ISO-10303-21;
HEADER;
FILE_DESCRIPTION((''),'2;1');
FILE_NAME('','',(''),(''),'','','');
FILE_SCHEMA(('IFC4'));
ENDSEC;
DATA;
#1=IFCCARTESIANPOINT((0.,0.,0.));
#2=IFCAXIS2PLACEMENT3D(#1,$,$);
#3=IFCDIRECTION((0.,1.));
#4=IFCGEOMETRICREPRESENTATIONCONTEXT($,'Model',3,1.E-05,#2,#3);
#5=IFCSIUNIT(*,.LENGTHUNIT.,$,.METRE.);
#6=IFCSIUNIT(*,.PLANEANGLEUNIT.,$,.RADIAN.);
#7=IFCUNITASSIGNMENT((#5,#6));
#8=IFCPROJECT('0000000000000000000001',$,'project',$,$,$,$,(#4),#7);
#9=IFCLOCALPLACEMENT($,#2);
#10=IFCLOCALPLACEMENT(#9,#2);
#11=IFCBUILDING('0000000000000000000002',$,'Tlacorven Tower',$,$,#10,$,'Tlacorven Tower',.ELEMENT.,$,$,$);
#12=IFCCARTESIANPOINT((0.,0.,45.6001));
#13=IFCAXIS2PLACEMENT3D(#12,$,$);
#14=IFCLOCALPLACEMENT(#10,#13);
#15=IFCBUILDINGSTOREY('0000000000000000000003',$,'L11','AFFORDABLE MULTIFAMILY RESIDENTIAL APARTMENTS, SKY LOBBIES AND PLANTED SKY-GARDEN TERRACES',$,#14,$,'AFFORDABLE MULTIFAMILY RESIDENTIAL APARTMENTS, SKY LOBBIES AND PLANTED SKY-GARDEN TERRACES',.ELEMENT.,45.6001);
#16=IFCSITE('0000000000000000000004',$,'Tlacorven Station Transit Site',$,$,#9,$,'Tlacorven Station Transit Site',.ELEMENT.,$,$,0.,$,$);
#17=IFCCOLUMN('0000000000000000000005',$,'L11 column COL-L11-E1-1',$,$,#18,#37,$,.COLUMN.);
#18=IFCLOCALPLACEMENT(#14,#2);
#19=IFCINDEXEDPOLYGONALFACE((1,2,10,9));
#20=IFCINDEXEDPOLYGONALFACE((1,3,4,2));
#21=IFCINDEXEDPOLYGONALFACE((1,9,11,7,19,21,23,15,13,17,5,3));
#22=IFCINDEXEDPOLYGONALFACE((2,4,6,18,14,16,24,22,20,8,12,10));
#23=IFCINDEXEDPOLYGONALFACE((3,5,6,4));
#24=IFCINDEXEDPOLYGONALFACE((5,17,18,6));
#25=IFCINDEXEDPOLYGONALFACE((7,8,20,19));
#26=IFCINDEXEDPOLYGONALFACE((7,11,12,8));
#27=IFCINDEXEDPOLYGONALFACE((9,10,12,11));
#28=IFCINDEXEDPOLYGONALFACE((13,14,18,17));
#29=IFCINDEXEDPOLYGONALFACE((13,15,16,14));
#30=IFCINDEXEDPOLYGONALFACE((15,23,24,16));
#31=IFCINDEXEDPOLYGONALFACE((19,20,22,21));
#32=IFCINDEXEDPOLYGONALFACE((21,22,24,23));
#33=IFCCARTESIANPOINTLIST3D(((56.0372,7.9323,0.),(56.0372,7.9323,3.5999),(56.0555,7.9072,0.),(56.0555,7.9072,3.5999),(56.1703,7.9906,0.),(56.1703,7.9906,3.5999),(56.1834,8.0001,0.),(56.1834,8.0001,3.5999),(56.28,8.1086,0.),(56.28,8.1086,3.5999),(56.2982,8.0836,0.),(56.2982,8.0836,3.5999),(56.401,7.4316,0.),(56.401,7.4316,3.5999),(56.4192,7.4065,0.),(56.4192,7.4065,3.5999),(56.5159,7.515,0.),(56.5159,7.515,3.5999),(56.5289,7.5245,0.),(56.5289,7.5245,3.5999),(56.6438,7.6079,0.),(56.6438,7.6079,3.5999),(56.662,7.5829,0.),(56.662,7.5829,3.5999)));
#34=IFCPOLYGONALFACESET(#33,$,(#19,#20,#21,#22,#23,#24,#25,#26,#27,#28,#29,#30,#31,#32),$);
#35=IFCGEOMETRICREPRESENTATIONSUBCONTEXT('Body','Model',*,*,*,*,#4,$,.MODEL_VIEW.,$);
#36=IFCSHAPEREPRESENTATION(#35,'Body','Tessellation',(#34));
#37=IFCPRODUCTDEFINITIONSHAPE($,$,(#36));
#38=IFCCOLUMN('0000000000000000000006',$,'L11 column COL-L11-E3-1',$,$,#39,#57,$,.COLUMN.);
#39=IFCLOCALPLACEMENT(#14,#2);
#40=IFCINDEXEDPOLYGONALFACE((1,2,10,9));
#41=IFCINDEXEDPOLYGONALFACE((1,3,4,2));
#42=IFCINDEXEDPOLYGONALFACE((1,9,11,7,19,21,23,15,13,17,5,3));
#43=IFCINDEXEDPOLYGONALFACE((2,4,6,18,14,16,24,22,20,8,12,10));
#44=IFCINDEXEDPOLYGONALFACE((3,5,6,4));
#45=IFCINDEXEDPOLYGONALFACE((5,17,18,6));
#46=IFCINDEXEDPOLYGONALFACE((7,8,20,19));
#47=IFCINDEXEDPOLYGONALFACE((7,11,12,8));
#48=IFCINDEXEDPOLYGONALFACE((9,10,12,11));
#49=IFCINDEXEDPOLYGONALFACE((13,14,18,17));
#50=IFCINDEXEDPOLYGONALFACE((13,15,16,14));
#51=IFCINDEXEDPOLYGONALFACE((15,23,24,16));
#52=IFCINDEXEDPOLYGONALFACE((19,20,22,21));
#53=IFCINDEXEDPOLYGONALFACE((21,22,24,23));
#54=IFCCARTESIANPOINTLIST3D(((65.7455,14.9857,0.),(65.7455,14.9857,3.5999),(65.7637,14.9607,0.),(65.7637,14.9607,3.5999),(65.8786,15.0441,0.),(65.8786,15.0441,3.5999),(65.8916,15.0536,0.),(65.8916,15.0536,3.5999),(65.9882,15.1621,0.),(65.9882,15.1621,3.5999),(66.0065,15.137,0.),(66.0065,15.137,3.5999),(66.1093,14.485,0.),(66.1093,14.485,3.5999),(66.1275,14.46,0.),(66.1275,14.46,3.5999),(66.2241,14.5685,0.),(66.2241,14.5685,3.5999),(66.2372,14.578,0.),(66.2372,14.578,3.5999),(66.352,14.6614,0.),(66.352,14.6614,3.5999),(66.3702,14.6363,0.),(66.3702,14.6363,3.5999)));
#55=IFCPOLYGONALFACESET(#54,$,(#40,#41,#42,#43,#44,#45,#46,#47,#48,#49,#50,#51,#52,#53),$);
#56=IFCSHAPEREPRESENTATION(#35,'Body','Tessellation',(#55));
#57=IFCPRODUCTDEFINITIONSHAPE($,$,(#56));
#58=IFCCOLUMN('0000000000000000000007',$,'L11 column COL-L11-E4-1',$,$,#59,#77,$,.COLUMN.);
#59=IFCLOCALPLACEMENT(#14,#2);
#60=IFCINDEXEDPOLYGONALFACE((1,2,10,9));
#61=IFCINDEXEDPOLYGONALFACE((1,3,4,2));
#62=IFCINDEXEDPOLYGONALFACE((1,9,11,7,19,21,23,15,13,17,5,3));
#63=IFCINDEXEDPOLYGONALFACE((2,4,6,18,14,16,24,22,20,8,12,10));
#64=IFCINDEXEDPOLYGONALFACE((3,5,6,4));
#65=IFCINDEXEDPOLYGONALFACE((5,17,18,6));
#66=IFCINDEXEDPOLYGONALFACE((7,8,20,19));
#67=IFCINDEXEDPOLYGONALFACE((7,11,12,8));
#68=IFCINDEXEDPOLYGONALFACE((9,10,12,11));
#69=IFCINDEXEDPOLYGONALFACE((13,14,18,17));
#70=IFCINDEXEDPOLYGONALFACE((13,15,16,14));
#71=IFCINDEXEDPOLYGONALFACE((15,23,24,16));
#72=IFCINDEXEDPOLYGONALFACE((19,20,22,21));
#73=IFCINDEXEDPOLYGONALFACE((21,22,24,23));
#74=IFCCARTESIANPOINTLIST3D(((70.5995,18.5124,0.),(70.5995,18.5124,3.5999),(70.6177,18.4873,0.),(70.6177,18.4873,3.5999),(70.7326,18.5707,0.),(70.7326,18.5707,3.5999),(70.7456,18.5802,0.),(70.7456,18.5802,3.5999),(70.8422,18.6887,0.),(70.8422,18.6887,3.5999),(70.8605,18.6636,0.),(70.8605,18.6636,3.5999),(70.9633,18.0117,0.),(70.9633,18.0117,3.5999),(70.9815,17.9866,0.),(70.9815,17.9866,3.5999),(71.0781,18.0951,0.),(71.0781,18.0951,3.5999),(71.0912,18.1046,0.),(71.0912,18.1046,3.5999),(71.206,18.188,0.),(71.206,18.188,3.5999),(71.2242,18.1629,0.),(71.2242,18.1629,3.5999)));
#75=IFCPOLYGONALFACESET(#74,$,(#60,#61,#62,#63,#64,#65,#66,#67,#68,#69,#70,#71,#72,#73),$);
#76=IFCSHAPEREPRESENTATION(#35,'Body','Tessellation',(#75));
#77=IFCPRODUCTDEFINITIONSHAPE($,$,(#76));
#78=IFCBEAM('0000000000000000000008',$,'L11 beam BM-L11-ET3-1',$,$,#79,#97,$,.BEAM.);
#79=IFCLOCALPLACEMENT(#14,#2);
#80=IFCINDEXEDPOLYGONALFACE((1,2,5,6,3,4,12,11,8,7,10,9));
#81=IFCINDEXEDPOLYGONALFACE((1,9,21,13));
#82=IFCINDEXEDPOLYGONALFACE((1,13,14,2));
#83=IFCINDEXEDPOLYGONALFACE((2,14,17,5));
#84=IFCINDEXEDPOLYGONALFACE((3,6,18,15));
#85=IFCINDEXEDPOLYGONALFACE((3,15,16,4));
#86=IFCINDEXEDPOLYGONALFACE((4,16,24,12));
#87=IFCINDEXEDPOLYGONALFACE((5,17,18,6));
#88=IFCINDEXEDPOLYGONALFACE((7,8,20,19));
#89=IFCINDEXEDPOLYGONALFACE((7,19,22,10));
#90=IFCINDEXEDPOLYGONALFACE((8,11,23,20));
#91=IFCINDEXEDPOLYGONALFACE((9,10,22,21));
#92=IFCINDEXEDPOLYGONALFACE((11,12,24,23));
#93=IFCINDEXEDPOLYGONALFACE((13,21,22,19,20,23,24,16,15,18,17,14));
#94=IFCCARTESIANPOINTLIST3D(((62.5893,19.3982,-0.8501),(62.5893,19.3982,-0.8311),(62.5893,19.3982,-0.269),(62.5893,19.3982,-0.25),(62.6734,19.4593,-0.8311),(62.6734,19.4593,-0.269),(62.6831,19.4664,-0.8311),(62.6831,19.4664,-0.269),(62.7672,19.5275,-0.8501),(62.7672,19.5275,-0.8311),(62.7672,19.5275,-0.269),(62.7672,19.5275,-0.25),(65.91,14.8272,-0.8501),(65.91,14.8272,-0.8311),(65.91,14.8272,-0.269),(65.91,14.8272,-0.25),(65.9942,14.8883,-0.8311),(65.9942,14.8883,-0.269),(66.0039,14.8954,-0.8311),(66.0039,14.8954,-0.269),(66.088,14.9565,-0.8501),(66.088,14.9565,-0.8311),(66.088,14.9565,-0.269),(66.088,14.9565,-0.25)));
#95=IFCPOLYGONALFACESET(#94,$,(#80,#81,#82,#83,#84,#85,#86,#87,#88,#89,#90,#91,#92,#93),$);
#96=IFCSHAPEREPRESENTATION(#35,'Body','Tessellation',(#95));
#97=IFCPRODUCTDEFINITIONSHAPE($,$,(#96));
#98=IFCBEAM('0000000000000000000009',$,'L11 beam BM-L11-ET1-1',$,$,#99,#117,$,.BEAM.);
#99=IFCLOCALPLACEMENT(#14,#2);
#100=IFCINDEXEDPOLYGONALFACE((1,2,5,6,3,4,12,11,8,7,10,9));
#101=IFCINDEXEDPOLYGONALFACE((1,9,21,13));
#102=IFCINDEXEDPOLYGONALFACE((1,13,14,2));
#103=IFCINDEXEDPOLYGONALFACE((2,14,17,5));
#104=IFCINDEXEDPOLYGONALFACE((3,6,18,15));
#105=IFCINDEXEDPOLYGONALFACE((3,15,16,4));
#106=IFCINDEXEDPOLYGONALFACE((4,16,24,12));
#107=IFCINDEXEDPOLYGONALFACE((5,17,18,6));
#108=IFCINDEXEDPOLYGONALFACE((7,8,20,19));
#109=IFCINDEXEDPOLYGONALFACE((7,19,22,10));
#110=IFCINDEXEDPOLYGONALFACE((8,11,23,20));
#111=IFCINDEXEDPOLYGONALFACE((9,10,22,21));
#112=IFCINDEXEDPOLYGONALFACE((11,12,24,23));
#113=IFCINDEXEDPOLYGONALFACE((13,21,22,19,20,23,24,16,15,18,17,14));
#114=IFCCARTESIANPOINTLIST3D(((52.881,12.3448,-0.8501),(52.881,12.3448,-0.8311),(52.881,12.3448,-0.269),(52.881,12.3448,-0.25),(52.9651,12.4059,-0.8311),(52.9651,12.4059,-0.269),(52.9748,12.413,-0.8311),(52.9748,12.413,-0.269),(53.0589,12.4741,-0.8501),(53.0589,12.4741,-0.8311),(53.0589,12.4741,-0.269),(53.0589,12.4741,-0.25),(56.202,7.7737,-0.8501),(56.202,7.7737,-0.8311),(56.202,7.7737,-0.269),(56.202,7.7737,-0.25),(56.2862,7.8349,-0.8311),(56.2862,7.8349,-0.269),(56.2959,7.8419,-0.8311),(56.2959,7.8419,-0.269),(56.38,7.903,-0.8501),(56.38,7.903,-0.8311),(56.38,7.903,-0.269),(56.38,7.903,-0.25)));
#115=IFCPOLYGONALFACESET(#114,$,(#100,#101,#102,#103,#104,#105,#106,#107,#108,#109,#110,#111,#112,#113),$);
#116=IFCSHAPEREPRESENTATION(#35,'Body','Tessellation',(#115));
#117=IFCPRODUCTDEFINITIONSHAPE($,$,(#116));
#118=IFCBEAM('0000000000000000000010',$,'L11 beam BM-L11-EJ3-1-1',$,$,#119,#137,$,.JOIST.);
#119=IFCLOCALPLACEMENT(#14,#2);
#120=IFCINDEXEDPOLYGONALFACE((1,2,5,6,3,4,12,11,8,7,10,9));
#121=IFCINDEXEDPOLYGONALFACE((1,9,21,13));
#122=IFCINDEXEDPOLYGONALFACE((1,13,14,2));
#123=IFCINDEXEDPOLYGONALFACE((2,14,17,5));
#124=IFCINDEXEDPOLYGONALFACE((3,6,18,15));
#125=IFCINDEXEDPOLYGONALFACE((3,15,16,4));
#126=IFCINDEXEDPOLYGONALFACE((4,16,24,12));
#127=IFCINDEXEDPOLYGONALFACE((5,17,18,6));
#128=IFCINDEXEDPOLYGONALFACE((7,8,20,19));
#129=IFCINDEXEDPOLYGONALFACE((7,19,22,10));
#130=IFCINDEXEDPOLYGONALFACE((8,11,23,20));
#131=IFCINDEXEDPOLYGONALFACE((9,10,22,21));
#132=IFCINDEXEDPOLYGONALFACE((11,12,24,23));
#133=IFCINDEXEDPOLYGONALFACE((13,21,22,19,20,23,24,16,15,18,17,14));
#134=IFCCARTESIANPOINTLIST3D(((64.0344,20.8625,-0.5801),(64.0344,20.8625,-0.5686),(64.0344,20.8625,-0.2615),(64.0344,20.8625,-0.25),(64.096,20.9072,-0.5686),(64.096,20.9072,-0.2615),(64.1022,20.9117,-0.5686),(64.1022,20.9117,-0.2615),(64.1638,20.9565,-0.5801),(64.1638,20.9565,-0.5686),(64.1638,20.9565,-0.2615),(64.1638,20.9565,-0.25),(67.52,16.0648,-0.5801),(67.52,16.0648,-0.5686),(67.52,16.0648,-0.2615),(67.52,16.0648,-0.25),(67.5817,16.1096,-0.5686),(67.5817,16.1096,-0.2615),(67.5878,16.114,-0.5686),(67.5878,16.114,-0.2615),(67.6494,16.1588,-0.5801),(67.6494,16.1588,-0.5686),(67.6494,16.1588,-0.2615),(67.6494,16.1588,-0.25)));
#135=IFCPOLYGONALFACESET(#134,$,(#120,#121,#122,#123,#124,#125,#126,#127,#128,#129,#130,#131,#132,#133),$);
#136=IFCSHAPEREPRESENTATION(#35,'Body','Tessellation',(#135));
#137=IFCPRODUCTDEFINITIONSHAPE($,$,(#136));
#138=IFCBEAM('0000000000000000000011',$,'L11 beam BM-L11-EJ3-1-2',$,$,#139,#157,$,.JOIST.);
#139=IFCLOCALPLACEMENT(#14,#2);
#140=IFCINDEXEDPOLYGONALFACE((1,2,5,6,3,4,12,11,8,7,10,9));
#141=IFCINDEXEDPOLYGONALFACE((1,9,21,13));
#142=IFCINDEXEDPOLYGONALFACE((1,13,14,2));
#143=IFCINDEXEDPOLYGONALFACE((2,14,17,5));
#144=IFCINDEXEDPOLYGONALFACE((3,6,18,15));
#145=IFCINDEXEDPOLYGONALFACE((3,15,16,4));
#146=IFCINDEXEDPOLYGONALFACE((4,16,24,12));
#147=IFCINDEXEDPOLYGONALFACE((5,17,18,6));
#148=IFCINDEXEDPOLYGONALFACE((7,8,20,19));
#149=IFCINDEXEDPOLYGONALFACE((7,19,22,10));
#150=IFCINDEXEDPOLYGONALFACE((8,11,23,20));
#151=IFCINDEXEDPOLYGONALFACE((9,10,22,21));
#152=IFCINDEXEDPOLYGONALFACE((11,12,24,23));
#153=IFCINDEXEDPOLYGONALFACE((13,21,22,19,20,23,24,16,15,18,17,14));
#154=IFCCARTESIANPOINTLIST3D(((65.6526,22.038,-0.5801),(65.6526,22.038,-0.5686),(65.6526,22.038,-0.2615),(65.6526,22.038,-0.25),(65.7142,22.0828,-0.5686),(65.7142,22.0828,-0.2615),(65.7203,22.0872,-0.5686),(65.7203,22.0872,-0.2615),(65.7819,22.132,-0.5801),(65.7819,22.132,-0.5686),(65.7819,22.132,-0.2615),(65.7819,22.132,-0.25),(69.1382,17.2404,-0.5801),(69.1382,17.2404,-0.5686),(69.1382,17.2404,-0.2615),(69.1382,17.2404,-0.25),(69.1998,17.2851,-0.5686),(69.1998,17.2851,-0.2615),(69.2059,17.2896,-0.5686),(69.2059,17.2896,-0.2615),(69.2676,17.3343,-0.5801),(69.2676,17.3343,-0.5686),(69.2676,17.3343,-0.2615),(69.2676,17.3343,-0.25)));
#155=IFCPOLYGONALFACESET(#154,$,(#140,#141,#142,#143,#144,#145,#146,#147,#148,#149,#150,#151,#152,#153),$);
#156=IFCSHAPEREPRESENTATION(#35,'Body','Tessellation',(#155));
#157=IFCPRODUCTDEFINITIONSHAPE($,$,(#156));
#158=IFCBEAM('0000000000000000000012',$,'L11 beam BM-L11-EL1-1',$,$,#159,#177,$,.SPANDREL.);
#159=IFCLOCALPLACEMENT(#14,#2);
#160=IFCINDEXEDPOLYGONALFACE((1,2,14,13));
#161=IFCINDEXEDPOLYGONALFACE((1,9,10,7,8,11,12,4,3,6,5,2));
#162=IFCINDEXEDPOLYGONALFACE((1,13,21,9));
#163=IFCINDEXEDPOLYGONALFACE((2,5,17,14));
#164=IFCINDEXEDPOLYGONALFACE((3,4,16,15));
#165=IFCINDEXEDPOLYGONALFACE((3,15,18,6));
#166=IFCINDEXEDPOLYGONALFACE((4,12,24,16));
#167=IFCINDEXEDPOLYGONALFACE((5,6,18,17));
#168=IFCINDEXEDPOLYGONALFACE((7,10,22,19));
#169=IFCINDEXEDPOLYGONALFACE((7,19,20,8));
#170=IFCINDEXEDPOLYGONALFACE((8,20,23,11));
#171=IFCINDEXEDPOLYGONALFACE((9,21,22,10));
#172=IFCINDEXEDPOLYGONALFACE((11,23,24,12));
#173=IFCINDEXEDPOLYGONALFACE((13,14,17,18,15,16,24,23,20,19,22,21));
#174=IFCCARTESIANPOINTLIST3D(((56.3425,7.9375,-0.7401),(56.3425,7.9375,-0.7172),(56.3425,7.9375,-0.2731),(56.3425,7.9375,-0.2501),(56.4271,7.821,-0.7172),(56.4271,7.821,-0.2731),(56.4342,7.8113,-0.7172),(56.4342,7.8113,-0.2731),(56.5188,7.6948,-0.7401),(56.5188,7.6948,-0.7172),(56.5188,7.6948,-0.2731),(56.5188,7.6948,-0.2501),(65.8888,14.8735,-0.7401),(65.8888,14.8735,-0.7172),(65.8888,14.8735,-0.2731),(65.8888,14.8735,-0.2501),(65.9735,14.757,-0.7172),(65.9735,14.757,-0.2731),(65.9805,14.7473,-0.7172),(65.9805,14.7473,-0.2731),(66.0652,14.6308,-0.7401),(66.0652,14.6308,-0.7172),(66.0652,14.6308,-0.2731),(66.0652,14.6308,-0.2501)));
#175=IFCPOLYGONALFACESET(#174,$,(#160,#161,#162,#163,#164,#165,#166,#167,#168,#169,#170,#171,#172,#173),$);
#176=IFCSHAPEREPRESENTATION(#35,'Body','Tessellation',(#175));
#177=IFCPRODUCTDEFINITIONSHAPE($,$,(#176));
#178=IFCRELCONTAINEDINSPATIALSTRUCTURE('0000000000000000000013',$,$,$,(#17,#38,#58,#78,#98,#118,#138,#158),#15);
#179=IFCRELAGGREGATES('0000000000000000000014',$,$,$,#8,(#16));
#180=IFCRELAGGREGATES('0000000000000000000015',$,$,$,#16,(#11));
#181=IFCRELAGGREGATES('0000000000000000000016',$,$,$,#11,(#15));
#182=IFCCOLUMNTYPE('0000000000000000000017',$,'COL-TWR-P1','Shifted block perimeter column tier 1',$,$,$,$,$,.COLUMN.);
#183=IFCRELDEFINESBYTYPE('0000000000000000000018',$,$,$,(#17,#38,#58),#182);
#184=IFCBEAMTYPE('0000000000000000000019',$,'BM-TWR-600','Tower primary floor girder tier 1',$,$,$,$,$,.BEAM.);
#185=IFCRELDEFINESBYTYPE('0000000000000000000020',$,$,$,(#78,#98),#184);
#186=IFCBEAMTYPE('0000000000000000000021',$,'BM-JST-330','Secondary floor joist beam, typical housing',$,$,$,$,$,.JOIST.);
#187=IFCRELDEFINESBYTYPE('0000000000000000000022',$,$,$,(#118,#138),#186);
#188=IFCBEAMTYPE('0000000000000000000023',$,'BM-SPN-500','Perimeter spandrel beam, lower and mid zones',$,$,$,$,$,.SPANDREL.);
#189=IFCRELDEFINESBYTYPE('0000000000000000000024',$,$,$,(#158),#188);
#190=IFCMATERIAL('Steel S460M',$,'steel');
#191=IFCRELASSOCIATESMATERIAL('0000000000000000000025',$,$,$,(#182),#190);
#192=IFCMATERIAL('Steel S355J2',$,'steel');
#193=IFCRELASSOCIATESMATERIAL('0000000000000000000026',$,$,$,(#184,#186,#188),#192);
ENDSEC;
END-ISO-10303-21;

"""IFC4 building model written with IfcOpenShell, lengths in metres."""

from ifc_helpers import new_model, si_unit, direction, frame, origin, origin_2d, place, context, subcontext, project, spatial, i_section, extrude, source, transform, mapped, material, material_profile, profile_set, type_object, element, save


model = new_model("IFC4")

# Units and contexts
model_context = context("Model", 3, precision=1e-05, world=origin(), true_north=direction((0.0, 1.0)))
body_context = subcontext(model_context, "Body", "Model", "MODEL_VIEW")
ifc_project = project(units=[si_unit("LENGTHUNIT", "METRE"), si_unit("PLANEANGLEUNIT", "RADIAN")], contexts=[model_context])

# Site, building, storey
site_placement = place(None, origin())
site = spatial("IfcSite", under=ifc_project, at=site_placement, Name="Tlacorven Station Transit Site", LongName="Tlacorven Station Transit Site", CompositionType="ELEMENT", RefElevation=0.0)
building_placement = place(site_placement, origin())
building = spatial("IfcBuilding", under=site, at=building_placement, Name="Tlacorven Tower", LongName="Tlacorven Tower", CompositionType="ELEMENT")
storey_placement = place(building_placement, frame((0.0, 0.0, 45.6001)))
storey = spatial("IfcBuildingStorey", under=building, at=storey_placement, Name="L11", Description="AFFORDABLE MULTIFAMILY RESIDENTIAL APARTMENTS, SKY LOBBIES AND PLANTED SKY-GARDEN TERRACES", LongName="AFFORDABLE MULTIFAMILY RESIDENTIAL APARTMENTS, SKY LOBBIES AND PLANTED SKY-GARDEN TERRACES", CompositionType="ELEMENT", Elevation=45.6001)

# Columns
ifc_material_1 = material(Name="Steel S460M", Category="steel")
ifc_material_profile_1 = material_profile(ifc_material_1, i_section(OverallWidth=0.3, OverallDepth=0.6499, WebThickness=0.0161, FlangeThickness=0.031, at=origin_2d()), Name="HEB 650")
ifc_profile_set_1 = profile_set([ifc_material_profile_1], Name="Steel S460M")
column_type = type_object("IfcColumnType", Name="COL-TWR-P1", Description="Shifted block perimeter column tier 1", PredefinedType="COLUMN", material=ifc_profile_set_1)
shared_shape_1 = source(origin(), body_context, "Body", "SweptSolid", [
    extrude(i_section(OverallWidth=0.3, OverallDepth=0.6499, WebThickness=0.0161, FlangeThickness=0.031, at=origin_2d()), origin(), (0.0, 0.0, 1.0), 3.5999),
])
for number, where, z_axis, x_axis, name in (
    (1, (56.3496, 7.7576, 0.0), (0.0, 0.0, 1.0), (0.809017, 0.587785, 0.0), "L11 column COL-L11-E1-1"),
    (2, (66.0579, 14.811, 0.0), (0.0, 0.0, 1.0), (0.809017, 0.587785, 0.0), "L11 column COL-L11-E3-1"),
    (3, (70.9119, 18.3376, 0.0), (0.0, 0.0, 1.0), (0.809017, 0.587785, 0.0), "L11 column COL-L11-E4-1"),
):
    element("IfcColumn", number, at=place(storey_placement, frame(where, z_axis=z_axis, x_axis=x_axis)), inside=storey, type_object=column_type, Name=name, PredefinedType="COLUMN", context=body_context, shape_type="MappedRepresentation", body=[
        mapped(shared_shape_1, transform((0.0, 0.0, 0.0), scale=1.0)),
    ])

# Beams
ifc_material_2 = material(Name="Steel S355J2", Category="steel")
ifc_material_profile_2 = material_profile(ifc_material_2, i_section(OverallWidth=0.22, OverallDepth=0.6001, WebThickness=0.012, FlangeThickness=0.019, at=origin_2d()), Name="IPE 600")
ifc_profile_set_2 = profile_set([ifc_material_profile_2], Name="Steel S355J2")
beam_type_1 = type_object("IfcBeamType", Name="BM-TWR-600", Description="Tower primary floor girder tier 1", PredefinedType="BEAM", material=ifc_profile_set_2)
shared_shape_2 = source(origin(), body_context, "Body", "SweptSolid", [
    extrude(i_section(OverallWidth=0.22, OverallDepth=0.6001, WebThickness=0.012, FlangeThickness=0.019, at=origin_2d()), origin(), (0.0, 0.0, 1.0), 5.6499),
])
beam_1_placement = place(storey_placement, frame((65.999, 14.8918, -0.55), z_axis=(-0.587755, 0.809039, 0.0), x_axis=(-0.809039, -0.587755, 0.0)))
element("IfcBeam", 4, at=beam_1_placement, inside=storey, type_object=beam_type_1, Name="L11 beam BM-L11-ET3-1", PredefinedType="BEAM", context=body_context, shape_type="MappedRepresentation", body=[
    mapped(shared_shape_2, transform((0.0, 0.0, 0.0), scale=1.0)),
])
shared_shape_3 = source(origin(), body_context, "Body", "SweptSolid", [
    extrude(i_section(OverallWidth=0.22, OverallDepth=0.6001, WebThickness=0.012, FlangeThickness=0.019, at=origin_2d()), origin(), (0.0, 0.0, 1.0), 5.6501),
])
beam_2_placement = place(storey_placement, frame((56.291, 7.8384, -0.55), z_axis=(-0.587784, 0.809018, 0.0), x_axis=(-0.809018, -0.587784, 0.0)))
element("IfcBeam", 5, at=beam_2_placement, inside=storey, type_object=beam_type_1, Name="L11 beam BM-L11-ET1-1", PredefinedType="BEAM", context=body_context, shape_type="MappedRepresentation", body=[
    mapped(shared_shape_3, transform((0.0, 0.0, 0.0), scale=1.0)),
])
ifc_material_profile_3 = material_profile(ifc_material_2, i_section(OverallWidth=0.1599, OverallDepth=0.3301, WebThickness=0.0076, FlangeThickness=0.0115, at=origin_2d()), Name="IPE 330")
ifc_profile_set_3 = profile_set([ifc_material_profile_3], Name="Steel S355J2")
beam_type_2 = type_object("IfcBeamType", Name="BM-JST-330", Description="Secondary floor joist beam, typical housing", PredefinedType="JOIST", material=ifc_profile_set_3)
shared_shape_4 = source(origin(), body_context, "Body", "SweptSolid", [
    extrude(i_section(OverallWidth=0.1599, OverallDepth=0.3301, WebThickness=0.0076, FlangeThickness=0.0115, at=origin_2d()), origin(), (0.0, 0.0, 1.0), 5.9302),
])
for number, where, z_axis, x_axis, name in (
    (6, (67.5847, 16.1118, -0.415), (-0.587778, 0.809023, 0.0), (-0.809023, -0.587778, 0.0), "L11 beam BM-L11-EJ3-1-1"),
    (7, (69.2029, 17.2874, -0.415), (-0.587778, 0.809023, 0.0), (-0.809023, -0.587778, 0.0), "L11 beam BM-L11-EJ3-1-2"),
):
    element("IfcBeam", number, at=place(storey_placement, frame(where, z_axis=z_axis, x_axis=x_axis)), inside=storey, type_object=beam_type_2, Name=name, PredefinedType="JOIST", context=body_context, shape_type="MappedRepresentation", body=[
        mapped(shared_shape_4, transform((0.0, 0.0, 0.0), scale=1.0)),
    ])
ifc_material_profile_4 = material_profile(ifc_material_2, i_section(OverallWidth=0.3, OverallDepth=0.49, WebThickness=0.012, FlangeThickness=0.0229, at=origin_2d()), Name="HEA 500")
ifc_profile_set_4 = profile_set([ifc_material_profile_4], Name="Steel S355J2")
beam_type_3 = type_object("IfcBeamType", Name="BM-SPN-500", Description="Perimeter spandrel beam, lower and mid zones", PredefinedType="SPANDREL", material=ifc_profile_set_4)
shared_shape_5 = source(origin(), body_context, "Body", "SweptSolid", [
    extrude(i_section(OverallWidth=0.3, OverallDepth=0.49, WebThickness=0.012, FlangeThickness=0.0229, at=origin_2d()), origin(), (0.0, 0.0, 1.0), 11.8),
])
beam_3_placement = place(storey_placement, frame((56.4307, 7.8162, -0.4951), z_axis=(0.80901, 0.587795, 0.0), x_axis=(-0.587795, 0.80901, 0.0)))
element("IfcBeam", 8, at=beam_3_placement, inside=storey, type_object=beam_type_3, Name="L11 beam BM-L11-EL1-1", PredefinedType="SPANDREL", context=body_context, shape_type="MappedRepresentation", body=[
    mapped(shared_shape_5, transform((0.0, 0.0, 0.0), scale=1.0)),
])

save(model, "model.ifc")
